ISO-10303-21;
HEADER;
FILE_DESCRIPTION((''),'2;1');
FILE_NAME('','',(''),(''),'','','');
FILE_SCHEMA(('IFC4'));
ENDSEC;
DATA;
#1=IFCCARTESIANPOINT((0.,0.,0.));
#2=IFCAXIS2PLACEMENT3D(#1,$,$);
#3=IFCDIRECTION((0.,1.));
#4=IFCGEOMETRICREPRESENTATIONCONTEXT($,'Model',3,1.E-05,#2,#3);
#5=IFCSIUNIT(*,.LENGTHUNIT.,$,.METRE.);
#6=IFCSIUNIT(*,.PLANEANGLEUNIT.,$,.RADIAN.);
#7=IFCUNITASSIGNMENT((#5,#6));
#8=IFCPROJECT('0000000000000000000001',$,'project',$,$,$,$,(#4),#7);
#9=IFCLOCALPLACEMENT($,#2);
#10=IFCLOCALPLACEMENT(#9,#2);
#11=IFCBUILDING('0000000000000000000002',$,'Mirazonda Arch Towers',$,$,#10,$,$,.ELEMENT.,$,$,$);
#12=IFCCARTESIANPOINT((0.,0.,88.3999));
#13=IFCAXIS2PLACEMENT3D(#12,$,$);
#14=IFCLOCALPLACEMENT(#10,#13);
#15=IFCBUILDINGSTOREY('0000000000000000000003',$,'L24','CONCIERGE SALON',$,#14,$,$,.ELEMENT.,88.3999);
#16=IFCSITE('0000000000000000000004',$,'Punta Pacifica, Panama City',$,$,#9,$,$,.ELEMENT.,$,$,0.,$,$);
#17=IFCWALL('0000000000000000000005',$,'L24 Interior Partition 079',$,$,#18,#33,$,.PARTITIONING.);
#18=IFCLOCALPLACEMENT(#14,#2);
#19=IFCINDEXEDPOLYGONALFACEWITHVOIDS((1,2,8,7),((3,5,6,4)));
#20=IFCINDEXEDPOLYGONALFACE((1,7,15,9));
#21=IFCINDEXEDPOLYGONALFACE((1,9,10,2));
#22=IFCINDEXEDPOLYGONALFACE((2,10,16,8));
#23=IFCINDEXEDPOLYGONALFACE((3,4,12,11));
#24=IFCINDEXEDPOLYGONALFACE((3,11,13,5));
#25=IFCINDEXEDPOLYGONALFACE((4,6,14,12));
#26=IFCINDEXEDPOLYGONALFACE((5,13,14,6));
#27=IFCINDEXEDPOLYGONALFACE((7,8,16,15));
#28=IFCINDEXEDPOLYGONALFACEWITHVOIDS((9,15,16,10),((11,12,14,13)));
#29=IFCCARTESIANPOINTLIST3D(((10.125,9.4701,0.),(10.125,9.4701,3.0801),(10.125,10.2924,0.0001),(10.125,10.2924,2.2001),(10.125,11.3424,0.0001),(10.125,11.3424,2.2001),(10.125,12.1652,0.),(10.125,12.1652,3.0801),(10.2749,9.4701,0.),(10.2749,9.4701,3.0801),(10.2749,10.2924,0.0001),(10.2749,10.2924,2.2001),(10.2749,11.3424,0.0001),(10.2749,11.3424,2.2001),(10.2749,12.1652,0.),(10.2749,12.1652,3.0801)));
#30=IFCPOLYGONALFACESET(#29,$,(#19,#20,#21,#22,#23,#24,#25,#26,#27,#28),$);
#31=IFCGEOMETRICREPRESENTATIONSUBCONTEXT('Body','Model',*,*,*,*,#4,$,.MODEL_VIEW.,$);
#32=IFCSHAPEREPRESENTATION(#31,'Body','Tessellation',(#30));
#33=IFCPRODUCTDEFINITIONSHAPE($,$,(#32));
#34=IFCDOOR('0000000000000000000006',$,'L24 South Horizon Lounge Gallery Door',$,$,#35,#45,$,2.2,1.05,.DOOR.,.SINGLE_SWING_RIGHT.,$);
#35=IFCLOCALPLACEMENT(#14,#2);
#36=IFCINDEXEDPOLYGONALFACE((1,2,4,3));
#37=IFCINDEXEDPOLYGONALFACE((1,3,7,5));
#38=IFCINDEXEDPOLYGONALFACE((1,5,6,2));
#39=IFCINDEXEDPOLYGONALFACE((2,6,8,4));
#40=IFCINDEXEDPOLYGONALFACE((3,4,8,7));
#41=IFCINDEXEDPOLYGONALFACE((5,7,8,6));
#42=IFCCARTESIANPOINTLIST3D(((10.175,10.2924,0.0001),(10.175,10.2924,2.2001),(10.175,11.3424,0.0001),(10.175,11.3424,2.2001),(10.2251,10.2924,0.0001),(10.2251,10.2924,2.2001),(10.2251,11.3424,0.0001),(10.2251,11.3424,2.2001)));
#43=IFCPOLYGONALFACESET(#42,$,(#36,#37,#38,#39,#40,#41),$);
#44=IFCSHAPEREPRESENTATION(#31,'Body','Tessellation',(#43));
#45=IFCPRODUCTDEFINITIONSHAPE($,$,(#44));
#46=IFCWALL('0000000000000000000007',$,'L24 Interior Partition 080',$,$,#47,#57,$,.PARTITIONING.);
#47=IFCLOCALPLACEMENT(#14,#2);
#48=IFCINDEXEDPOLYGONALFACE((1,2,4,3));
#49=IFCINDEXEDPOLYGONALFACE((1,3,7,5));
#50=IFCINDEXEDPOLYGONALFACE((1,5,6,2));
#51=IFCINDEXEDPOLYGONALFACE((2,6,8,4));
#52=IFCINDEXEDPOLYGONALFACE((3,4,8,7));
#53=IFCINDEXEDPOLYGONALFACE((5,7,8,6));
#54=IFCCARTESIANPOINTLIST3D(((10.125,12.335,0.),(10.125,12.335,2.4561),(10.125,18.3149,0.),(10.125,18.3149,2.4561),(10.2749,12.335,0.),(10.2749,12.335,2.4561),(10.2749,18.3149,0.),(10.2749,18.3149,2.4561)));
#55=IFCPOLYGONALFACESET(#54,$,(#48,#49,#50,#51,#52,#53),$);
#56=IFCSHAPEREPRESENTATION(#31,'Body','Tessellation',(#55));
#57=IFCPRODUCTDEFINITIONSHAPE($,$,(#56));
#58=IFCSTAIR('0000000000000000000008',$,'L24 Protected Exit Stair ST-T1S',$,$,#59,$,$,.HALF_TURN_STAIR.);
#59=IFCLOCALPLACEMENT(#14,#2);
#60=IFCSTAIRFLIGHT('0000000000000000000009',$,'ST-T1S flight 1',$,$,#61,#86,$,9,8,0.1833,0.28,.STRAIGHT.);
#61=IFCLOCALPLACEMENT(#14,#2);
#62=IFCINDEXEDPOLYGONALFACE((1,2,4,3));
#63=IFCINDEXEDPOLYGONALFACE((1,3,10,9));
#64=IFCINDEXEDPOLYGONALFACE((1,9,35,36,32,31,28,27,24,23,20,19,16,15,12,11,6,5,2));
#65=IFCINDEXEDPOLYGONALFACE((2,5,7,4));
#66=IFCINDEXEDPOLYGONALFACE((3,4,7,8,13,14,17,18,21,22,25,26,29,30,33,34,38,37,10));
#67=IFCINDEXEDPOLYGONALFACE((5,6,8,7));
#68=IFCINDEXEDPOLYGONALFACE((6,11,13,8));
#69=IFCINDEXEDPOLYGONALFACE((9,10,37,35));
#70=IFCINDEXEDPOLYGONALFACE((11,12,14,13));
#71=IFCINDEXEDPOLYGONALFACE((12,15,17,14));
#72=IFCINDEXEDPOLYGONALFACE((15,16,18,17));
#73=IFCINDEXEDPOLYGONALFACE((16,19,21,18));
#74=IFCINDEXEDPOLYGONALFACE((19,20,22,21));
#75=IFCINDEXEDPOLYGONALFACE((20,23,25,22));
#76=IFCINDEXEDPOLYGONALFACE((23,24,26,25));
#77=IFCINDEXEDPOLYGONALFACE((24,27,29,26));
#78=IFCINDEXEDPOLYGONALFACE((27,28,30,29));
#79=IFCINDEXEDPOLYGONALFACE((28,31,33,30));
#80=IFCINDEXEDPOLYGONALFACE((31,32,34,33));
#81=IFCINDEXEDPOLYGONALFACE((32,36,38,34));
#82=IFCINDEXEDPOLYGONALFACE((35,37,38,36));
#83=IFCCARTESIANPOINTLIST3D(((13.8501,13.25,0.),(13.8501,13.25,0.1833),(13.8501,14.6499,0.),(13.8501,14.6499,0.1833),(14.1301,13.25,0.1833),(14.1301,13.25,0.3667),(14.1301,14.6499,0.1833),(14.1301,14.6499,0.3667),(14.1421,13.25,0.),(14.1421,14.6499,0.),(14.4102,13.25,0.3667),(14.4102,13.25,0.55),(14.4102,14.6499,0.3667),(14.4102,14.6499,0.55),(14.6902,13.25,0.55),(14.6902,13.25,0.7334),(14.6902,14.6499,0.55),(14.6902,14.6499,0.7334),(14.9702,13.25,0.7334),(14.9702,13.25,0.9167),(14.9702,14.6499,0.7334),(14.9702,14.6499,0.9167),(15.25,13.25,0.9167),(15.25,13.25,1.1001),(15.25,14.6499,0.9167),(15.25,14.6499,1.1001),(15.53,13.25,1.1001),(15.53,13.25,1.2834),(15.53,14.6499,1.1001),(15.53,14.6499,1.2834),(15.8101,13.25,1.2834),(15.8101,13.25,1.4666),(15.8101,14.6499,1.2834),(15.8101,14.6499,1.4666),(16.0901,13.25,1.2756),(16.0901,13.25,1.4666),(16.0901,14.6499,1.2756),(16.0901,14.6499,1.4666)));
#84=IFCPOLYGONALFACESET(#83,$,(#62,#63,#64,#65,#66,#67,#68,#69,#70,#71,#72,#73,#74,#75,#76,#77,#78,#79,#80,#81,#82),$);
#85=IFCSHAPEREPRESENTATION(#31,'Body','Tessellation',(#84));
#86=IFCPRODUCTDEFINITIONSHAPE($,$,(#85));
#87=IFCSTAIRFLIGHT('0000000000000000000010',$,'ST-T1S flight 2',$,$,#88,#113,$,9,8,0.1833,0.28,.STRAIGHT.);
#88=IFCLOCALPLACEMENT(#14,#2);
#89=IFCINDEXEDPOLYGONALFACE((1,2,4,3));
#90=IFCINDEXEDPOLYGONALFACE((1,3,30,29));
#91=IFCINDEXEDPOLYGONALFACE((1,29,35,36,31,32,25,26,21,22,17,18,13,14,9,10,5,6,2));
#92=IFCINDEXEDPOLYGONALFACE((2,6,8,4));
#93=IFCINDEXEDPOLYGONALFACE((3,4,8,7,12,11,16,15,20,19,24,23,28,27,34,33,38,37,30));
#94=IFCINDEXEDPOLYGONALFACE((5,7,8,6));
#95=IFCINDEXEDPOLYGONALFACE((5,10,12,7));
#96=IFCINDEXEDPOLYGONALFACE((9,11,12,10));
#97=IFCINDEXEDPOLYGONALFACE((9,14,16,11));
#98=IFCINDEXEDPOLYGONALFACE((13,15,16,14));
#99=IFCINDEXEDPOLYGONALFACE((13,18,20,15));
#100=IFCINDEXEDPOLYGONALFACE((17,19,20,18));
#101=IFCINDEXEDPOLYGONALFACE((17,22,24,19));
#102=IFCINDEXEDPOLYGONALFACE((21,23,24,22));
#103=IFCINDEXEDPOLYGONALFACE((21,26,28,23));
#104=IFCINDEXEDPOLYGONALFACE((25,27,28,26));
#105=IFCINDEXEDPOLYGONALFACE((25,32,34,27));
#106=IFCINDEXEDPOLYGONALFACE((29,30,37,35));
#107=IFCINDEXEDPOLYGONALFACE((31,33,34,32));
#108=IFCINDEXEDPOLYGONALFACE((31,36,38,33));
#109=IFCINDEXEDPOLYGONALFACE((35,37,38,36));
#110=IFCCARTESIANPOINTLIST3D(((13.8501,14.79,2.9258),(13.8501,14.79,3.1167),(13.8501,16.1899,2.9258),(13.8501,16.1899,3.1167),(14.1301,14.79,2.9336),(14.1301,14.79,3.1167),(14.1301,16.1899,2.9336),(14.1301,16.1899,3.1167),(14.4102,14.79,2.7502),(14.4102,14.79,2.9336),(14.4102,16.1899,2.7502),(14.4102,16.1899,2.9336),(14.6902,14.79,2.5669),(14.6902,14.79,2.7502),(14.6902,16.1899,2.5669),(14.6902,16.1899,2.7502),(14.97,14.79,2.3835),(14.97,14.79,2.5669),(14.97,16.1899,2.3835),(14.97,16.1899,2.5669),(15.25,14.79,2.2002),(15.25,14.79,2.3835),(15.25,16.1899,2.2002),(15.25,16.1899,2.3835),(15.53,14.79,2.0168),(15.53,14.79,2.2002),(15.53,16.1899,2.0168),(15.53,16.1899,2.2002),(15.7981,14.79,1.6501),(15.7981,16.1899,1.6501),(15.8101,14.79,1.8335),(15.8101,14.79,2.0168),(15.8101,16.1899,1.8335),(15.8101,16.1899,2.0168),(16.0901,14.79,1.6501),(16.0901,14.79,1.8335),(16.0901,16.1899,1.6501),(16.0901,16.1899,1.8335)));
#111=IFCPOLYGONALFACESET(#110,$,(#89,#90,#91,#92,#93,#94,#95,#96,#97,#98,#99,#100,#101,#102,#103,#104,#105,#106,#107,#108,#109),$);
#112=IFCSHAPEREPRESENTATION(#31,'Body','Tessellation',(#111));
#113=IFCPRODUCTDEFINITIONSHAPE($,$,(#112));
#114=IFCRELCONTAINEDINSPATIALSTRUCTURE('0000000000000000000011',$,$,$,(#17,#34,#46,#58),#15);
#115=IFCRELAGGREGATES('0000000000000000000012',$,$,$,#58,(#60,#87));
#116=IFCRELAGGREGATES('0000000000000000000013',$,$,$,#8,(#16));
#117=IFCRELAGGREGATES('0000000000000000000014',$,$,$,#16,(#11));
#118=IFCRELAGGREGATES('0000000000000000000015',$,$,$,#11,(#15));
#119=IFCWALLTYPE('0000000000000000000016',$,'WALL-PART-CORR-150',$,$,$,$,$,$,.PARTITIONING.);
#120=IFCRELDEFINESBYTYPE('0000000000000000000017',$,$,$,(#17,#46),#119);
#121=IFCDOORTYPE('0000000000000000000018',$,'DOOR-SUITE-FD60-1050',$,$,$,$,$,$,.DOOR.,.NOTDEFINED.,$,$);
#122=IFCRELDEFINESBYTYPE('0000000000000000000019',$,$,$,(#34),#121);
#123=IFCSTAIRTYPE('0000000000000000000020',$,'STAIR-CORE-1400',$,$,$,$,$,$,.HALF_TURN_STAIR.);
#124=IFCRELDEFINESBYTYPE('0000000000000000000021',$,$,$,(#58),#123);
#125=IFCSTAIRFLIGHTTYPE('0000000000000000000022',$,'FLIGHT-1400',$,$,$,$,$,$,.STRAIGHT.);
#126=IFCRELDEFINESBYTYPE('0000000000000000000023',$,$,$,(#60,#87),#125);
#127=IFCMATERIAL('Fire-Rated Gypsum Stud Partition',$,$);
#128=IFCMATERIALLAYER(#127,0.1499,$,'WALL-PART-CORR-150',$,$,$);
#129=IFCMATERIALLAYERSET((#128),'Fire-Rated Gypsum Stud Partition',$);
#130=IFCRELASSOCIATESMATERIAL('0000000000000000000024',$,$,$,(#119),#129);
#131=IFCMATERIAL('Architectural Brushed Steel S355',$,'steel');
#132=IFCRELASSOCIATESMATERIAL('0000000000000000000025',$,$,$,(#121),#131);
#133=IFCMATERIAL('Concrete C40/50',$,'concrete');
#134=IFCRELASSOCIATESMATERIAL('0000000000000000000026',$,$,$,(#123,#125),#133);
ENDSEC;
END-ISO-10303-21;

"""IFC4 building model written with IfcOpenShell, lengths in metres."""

from ifc_helpers import new_model, si_unit, direction, frame, frame_2d, origin, place, context, subcontext, project, spatial, polyline, rectangle, outline, extrude, material, layer, layer_set, type_object, element, fill, aggregate, save


model = new_model("IFC4")

# Units and contexts
model_context = context("Model", 3, precision=1e-05, world=origin(), true_north=direction((0.0, 1.0)))
body_context = subcontext(model_context, "Body", "Model", "MODEL_VIEW")
ifc_project = project(units=[si_unit("LENGTHUNIT", "METRE"), si_unit("PLANEANGLEUNIT", "RADIAN")], contexts=[model_context])

# Site, building, storey
site_placement = place(None, origin())
site = spatial("IfcSite", under=ifc_project, at=site_placement, Name="Punta Pacifica, Panama City", CompositionType="ELEMENT", RefElevation=0.0)
building_placement = place(site_placement, origin())
building = spatial("IfcBuilding", under=site, at=building_placement, Name="Mirazonda Arch Towers", CompositionType="ELEMENT")
storey_placement = place(building_placement, frame((0.0, 0.0, 88.3999)))
storey = spatial("IfcBuildingStorey", under=building, at=storey_placement, Name="L24", Description="CONCIERGE SALON", CompositionType="ELEMENT", Elevation=88.3999)

# Shared definitions
ifc_material_1 = material(Name="Fire-Rated Gypsum Stud Partition")
ifc_layer_1 = layer(ifc_material_1, 0.1499, Name="WALL-PART-CORR-150")
ifc_layer_set_1 = layer_set([ifc_layer_1], Name="Fire-Rated Gypsum Stud Partition")
wall_type_1 = type_object("IfcWallType", Name="WALL-PART-CORR-150", PredefinedType="PARTITIONING", material=ifc_layer_set_1)

# Wall, opening, door
wall_1_placement = place(storey_placement, frame((10.2, 9.47, 0.0), z_axis=(0.0, 0.0, 1.0), x_axis=(0.0, 1.0, 0.0)))
wall_1 = element("IfcWall", 1, at=wall_1_placement, inside=storey, type_object=wall_type_1, Name="L24 Interior Partition 079", PredefinedType="PARTITIONING", context=body_context, shape_type="SweptSolid", body=[
    extrude(rectangle(XDim=2.6951, YDim=0.1499, at=frame_2d((1.3477, 0.0))), origin(), (0.0, 0.0, 1.0), 3.0801),
])
opening_placement = place(wall_1_placement, frame((0.8225, 0.0, 0.0)))
opening = element("IfcOpeningElement", 2, at=opening_placement, cuts=wall_1, PredefinedType="OPENING", context=body_context, shape_type="SweptSolid", body=[
    extrude(rectangle(XDim=1.05, YDim=2.2, at=frame_2d((0.5249, 1.1001))), frame((0.0, 0.085, 0.0), z_axis=(0.0, -1.0, 0.0), x_axis=(1.0, 0.0, 0.0)), (0.0, 0.0, 1.0), 0.1699),
])
ifc_material_2 = material(Name="Architectural Brushed Steel S355", Category="steel")
door_type = type_object("IfcDoorType", Name="DOOR-SUITE-FD60-1050", OperationType="NOTDEFINED", PredefinedType="DOOR", material=ifc_material_2)
door_placement = place(opening_placement, origin())
door = element("IfcDoor", 3, at=door_placement, inside=storey, type_object=door_type, Name="L24 South Horizon Lounge Gallery Door", OperationType="SINGLE_SWING_RIGHT", OverallHeight=2.2, OverallWidth=1.05, PredefinedType="DOOR", context=body_context, shape_type="SweptSolid", body=[
    extrude(rectangle(XDim=1.05, YDim=2.2, at=frame_2d((0.5249, 1.1001))), frame((0.0, 0.0249, 0.0), z_axis=(0.0, -1.0, 0.0), x_axis=(1.0, 0.0, 0.0)), (0.0, 0.0, 1.0), 0.05),
])
fill(opening, door)

# Wall
wall_2_placement = place(storey_placement, frame((10.2, 12.335, 0.0), z_axis=(0.0, 0.0, 1.0), x_axis=(0.0, 1.0, 0.0)))
element("IfcWall", 4, at=wall_2_placement, inside=storey, type_object=wall_type_1, Name="L24 Interior Partition 080", PredefinedType="PARTITIONING", context=body_context, shape_type="SweptSolid", body=[
    extrude(rectangle(XDim=5.98, YDim=0.1499, at=frame_2d((2.99, 0.0))), origin(), (0.0, 0.0, 1.0), 2.4561),
])

# Stair, stair flights
ifc_material_3 = material(Name="Concrete C40/50", Category="concrete")
stair_type = type_object("IfcStairType", Name="STAIR-CORE-1400", PredefinedType="HALF_TURN_STAIR", material=ifc_material_3)
stair_placement = place(storey_placement, origin())
stair = element("IfcStair", 5, at=stair_placement, inside=storey, type_object=stair_type, Name="L24 Protected Exit Stair ST-T1S", PredefinedType="HALF_TURN_STAIR")
stair_flight_type = type_object("IfcStairFlightType", Name="FLIGHT-1400", PredefinedType="STRAIGHT", material=ifc_material_3)
stair_flight_1_placement = place(storey_placement, frame((13.8501, 13.95, 0.0), z_axis=(0.0, 0.0, 1.0), x_axis=(1.0, 0.0, 0.0)))
stair_flight_1 = element("IfcStairFlight", 6, at=stair_flight_1_placement, type_object=stair_flight_type, Name="ST-T1S flight 1", NumberOfRisers=9, NumberOfTreads=8, PredefinedType="STRAIGHT", RiserHeight=0.1833, TreadLength=0.28, context=body_context, shape_type="SweptSolid", body=[
    extrude(outline(polyline([(0.0, 0.0), (0.0, 0.1833), (0.28, 0.1833), (0.28, 0.3667), (0.5601, 0.3667), (0.5601, 0.55), (0.8401, 0.55), (0.8401, 0.7334), (1.1201, 0.7334), (1.1201, 0.9167), (1.3999, 0.9167), (1.3999, 1.1001), (1.6799, 1.1001), (1.6799, 1.2834), (1.96, 1.2834), (1.96, 1.4666), (2.24, 1.4666), (2.24, 1.6499), (2.24, 1.2756), (0.292, 0.0), (0.0, 0.0)])), frame((0.0, 0.7, 0.0), z_axis=(0.0, -1.0, 0.0), x_axis=(1.0, 0.0, 0.0)), (0.0, 0.0, 1.0), 1.3999),
])
stair_flight_2_placement = place(storey_placement, frame((16.0901, 15.49, 1.6501), z_axis=(0.0, 0.0, 1.0), x_axis=(-1.0, 0.0, 0.0)))
stair_flight_2 = element("IfcStairFlight", 7, at=stair_flight_2_placement, type_object=stair_flight_type, Name="ST-T1S flight 2", NumberOfRisers=9, NumberOfTreads=8, PredefinedType="STRAIGHT", RiserHeight=0.1833, TreadLength=0.28, context=body_context, shape_type="SweptSolid", body=[
    extrude(outline(polyline([(0.0, 0.0), (0.0, 0.1833), (0.28, 0.1833), (0.28, 0.3667), (0.5601, 0.3667), (0.5601, 0.55), (0.8401, 0.55), (0.8401, 0.7334), (1.1201, 0.7334), (1.1201, 0.9167), (1.3999, 0.9167), (1.3999, 1.1001), (1.6799, 1.1001), (1.6799, 1.2834), (1.96, 1.2834), (1.96, 1.4666), (2.24, 1.4666), (2.24, 1.6499), (2.24, 1.2756), (0.292, 0.0), (0.0, 0.0)])), frame((0.0, 0.7, 0.0), z_axis=(0.0, -1.0, 0.0), x_axis=(1.0, 0.0, 0.0)), (0.0, 0.0, 1.0), 1.3999),
])
aggregate(stair, [stair_flight_1, stair_flight_2])

save(model, "model.ifc")
